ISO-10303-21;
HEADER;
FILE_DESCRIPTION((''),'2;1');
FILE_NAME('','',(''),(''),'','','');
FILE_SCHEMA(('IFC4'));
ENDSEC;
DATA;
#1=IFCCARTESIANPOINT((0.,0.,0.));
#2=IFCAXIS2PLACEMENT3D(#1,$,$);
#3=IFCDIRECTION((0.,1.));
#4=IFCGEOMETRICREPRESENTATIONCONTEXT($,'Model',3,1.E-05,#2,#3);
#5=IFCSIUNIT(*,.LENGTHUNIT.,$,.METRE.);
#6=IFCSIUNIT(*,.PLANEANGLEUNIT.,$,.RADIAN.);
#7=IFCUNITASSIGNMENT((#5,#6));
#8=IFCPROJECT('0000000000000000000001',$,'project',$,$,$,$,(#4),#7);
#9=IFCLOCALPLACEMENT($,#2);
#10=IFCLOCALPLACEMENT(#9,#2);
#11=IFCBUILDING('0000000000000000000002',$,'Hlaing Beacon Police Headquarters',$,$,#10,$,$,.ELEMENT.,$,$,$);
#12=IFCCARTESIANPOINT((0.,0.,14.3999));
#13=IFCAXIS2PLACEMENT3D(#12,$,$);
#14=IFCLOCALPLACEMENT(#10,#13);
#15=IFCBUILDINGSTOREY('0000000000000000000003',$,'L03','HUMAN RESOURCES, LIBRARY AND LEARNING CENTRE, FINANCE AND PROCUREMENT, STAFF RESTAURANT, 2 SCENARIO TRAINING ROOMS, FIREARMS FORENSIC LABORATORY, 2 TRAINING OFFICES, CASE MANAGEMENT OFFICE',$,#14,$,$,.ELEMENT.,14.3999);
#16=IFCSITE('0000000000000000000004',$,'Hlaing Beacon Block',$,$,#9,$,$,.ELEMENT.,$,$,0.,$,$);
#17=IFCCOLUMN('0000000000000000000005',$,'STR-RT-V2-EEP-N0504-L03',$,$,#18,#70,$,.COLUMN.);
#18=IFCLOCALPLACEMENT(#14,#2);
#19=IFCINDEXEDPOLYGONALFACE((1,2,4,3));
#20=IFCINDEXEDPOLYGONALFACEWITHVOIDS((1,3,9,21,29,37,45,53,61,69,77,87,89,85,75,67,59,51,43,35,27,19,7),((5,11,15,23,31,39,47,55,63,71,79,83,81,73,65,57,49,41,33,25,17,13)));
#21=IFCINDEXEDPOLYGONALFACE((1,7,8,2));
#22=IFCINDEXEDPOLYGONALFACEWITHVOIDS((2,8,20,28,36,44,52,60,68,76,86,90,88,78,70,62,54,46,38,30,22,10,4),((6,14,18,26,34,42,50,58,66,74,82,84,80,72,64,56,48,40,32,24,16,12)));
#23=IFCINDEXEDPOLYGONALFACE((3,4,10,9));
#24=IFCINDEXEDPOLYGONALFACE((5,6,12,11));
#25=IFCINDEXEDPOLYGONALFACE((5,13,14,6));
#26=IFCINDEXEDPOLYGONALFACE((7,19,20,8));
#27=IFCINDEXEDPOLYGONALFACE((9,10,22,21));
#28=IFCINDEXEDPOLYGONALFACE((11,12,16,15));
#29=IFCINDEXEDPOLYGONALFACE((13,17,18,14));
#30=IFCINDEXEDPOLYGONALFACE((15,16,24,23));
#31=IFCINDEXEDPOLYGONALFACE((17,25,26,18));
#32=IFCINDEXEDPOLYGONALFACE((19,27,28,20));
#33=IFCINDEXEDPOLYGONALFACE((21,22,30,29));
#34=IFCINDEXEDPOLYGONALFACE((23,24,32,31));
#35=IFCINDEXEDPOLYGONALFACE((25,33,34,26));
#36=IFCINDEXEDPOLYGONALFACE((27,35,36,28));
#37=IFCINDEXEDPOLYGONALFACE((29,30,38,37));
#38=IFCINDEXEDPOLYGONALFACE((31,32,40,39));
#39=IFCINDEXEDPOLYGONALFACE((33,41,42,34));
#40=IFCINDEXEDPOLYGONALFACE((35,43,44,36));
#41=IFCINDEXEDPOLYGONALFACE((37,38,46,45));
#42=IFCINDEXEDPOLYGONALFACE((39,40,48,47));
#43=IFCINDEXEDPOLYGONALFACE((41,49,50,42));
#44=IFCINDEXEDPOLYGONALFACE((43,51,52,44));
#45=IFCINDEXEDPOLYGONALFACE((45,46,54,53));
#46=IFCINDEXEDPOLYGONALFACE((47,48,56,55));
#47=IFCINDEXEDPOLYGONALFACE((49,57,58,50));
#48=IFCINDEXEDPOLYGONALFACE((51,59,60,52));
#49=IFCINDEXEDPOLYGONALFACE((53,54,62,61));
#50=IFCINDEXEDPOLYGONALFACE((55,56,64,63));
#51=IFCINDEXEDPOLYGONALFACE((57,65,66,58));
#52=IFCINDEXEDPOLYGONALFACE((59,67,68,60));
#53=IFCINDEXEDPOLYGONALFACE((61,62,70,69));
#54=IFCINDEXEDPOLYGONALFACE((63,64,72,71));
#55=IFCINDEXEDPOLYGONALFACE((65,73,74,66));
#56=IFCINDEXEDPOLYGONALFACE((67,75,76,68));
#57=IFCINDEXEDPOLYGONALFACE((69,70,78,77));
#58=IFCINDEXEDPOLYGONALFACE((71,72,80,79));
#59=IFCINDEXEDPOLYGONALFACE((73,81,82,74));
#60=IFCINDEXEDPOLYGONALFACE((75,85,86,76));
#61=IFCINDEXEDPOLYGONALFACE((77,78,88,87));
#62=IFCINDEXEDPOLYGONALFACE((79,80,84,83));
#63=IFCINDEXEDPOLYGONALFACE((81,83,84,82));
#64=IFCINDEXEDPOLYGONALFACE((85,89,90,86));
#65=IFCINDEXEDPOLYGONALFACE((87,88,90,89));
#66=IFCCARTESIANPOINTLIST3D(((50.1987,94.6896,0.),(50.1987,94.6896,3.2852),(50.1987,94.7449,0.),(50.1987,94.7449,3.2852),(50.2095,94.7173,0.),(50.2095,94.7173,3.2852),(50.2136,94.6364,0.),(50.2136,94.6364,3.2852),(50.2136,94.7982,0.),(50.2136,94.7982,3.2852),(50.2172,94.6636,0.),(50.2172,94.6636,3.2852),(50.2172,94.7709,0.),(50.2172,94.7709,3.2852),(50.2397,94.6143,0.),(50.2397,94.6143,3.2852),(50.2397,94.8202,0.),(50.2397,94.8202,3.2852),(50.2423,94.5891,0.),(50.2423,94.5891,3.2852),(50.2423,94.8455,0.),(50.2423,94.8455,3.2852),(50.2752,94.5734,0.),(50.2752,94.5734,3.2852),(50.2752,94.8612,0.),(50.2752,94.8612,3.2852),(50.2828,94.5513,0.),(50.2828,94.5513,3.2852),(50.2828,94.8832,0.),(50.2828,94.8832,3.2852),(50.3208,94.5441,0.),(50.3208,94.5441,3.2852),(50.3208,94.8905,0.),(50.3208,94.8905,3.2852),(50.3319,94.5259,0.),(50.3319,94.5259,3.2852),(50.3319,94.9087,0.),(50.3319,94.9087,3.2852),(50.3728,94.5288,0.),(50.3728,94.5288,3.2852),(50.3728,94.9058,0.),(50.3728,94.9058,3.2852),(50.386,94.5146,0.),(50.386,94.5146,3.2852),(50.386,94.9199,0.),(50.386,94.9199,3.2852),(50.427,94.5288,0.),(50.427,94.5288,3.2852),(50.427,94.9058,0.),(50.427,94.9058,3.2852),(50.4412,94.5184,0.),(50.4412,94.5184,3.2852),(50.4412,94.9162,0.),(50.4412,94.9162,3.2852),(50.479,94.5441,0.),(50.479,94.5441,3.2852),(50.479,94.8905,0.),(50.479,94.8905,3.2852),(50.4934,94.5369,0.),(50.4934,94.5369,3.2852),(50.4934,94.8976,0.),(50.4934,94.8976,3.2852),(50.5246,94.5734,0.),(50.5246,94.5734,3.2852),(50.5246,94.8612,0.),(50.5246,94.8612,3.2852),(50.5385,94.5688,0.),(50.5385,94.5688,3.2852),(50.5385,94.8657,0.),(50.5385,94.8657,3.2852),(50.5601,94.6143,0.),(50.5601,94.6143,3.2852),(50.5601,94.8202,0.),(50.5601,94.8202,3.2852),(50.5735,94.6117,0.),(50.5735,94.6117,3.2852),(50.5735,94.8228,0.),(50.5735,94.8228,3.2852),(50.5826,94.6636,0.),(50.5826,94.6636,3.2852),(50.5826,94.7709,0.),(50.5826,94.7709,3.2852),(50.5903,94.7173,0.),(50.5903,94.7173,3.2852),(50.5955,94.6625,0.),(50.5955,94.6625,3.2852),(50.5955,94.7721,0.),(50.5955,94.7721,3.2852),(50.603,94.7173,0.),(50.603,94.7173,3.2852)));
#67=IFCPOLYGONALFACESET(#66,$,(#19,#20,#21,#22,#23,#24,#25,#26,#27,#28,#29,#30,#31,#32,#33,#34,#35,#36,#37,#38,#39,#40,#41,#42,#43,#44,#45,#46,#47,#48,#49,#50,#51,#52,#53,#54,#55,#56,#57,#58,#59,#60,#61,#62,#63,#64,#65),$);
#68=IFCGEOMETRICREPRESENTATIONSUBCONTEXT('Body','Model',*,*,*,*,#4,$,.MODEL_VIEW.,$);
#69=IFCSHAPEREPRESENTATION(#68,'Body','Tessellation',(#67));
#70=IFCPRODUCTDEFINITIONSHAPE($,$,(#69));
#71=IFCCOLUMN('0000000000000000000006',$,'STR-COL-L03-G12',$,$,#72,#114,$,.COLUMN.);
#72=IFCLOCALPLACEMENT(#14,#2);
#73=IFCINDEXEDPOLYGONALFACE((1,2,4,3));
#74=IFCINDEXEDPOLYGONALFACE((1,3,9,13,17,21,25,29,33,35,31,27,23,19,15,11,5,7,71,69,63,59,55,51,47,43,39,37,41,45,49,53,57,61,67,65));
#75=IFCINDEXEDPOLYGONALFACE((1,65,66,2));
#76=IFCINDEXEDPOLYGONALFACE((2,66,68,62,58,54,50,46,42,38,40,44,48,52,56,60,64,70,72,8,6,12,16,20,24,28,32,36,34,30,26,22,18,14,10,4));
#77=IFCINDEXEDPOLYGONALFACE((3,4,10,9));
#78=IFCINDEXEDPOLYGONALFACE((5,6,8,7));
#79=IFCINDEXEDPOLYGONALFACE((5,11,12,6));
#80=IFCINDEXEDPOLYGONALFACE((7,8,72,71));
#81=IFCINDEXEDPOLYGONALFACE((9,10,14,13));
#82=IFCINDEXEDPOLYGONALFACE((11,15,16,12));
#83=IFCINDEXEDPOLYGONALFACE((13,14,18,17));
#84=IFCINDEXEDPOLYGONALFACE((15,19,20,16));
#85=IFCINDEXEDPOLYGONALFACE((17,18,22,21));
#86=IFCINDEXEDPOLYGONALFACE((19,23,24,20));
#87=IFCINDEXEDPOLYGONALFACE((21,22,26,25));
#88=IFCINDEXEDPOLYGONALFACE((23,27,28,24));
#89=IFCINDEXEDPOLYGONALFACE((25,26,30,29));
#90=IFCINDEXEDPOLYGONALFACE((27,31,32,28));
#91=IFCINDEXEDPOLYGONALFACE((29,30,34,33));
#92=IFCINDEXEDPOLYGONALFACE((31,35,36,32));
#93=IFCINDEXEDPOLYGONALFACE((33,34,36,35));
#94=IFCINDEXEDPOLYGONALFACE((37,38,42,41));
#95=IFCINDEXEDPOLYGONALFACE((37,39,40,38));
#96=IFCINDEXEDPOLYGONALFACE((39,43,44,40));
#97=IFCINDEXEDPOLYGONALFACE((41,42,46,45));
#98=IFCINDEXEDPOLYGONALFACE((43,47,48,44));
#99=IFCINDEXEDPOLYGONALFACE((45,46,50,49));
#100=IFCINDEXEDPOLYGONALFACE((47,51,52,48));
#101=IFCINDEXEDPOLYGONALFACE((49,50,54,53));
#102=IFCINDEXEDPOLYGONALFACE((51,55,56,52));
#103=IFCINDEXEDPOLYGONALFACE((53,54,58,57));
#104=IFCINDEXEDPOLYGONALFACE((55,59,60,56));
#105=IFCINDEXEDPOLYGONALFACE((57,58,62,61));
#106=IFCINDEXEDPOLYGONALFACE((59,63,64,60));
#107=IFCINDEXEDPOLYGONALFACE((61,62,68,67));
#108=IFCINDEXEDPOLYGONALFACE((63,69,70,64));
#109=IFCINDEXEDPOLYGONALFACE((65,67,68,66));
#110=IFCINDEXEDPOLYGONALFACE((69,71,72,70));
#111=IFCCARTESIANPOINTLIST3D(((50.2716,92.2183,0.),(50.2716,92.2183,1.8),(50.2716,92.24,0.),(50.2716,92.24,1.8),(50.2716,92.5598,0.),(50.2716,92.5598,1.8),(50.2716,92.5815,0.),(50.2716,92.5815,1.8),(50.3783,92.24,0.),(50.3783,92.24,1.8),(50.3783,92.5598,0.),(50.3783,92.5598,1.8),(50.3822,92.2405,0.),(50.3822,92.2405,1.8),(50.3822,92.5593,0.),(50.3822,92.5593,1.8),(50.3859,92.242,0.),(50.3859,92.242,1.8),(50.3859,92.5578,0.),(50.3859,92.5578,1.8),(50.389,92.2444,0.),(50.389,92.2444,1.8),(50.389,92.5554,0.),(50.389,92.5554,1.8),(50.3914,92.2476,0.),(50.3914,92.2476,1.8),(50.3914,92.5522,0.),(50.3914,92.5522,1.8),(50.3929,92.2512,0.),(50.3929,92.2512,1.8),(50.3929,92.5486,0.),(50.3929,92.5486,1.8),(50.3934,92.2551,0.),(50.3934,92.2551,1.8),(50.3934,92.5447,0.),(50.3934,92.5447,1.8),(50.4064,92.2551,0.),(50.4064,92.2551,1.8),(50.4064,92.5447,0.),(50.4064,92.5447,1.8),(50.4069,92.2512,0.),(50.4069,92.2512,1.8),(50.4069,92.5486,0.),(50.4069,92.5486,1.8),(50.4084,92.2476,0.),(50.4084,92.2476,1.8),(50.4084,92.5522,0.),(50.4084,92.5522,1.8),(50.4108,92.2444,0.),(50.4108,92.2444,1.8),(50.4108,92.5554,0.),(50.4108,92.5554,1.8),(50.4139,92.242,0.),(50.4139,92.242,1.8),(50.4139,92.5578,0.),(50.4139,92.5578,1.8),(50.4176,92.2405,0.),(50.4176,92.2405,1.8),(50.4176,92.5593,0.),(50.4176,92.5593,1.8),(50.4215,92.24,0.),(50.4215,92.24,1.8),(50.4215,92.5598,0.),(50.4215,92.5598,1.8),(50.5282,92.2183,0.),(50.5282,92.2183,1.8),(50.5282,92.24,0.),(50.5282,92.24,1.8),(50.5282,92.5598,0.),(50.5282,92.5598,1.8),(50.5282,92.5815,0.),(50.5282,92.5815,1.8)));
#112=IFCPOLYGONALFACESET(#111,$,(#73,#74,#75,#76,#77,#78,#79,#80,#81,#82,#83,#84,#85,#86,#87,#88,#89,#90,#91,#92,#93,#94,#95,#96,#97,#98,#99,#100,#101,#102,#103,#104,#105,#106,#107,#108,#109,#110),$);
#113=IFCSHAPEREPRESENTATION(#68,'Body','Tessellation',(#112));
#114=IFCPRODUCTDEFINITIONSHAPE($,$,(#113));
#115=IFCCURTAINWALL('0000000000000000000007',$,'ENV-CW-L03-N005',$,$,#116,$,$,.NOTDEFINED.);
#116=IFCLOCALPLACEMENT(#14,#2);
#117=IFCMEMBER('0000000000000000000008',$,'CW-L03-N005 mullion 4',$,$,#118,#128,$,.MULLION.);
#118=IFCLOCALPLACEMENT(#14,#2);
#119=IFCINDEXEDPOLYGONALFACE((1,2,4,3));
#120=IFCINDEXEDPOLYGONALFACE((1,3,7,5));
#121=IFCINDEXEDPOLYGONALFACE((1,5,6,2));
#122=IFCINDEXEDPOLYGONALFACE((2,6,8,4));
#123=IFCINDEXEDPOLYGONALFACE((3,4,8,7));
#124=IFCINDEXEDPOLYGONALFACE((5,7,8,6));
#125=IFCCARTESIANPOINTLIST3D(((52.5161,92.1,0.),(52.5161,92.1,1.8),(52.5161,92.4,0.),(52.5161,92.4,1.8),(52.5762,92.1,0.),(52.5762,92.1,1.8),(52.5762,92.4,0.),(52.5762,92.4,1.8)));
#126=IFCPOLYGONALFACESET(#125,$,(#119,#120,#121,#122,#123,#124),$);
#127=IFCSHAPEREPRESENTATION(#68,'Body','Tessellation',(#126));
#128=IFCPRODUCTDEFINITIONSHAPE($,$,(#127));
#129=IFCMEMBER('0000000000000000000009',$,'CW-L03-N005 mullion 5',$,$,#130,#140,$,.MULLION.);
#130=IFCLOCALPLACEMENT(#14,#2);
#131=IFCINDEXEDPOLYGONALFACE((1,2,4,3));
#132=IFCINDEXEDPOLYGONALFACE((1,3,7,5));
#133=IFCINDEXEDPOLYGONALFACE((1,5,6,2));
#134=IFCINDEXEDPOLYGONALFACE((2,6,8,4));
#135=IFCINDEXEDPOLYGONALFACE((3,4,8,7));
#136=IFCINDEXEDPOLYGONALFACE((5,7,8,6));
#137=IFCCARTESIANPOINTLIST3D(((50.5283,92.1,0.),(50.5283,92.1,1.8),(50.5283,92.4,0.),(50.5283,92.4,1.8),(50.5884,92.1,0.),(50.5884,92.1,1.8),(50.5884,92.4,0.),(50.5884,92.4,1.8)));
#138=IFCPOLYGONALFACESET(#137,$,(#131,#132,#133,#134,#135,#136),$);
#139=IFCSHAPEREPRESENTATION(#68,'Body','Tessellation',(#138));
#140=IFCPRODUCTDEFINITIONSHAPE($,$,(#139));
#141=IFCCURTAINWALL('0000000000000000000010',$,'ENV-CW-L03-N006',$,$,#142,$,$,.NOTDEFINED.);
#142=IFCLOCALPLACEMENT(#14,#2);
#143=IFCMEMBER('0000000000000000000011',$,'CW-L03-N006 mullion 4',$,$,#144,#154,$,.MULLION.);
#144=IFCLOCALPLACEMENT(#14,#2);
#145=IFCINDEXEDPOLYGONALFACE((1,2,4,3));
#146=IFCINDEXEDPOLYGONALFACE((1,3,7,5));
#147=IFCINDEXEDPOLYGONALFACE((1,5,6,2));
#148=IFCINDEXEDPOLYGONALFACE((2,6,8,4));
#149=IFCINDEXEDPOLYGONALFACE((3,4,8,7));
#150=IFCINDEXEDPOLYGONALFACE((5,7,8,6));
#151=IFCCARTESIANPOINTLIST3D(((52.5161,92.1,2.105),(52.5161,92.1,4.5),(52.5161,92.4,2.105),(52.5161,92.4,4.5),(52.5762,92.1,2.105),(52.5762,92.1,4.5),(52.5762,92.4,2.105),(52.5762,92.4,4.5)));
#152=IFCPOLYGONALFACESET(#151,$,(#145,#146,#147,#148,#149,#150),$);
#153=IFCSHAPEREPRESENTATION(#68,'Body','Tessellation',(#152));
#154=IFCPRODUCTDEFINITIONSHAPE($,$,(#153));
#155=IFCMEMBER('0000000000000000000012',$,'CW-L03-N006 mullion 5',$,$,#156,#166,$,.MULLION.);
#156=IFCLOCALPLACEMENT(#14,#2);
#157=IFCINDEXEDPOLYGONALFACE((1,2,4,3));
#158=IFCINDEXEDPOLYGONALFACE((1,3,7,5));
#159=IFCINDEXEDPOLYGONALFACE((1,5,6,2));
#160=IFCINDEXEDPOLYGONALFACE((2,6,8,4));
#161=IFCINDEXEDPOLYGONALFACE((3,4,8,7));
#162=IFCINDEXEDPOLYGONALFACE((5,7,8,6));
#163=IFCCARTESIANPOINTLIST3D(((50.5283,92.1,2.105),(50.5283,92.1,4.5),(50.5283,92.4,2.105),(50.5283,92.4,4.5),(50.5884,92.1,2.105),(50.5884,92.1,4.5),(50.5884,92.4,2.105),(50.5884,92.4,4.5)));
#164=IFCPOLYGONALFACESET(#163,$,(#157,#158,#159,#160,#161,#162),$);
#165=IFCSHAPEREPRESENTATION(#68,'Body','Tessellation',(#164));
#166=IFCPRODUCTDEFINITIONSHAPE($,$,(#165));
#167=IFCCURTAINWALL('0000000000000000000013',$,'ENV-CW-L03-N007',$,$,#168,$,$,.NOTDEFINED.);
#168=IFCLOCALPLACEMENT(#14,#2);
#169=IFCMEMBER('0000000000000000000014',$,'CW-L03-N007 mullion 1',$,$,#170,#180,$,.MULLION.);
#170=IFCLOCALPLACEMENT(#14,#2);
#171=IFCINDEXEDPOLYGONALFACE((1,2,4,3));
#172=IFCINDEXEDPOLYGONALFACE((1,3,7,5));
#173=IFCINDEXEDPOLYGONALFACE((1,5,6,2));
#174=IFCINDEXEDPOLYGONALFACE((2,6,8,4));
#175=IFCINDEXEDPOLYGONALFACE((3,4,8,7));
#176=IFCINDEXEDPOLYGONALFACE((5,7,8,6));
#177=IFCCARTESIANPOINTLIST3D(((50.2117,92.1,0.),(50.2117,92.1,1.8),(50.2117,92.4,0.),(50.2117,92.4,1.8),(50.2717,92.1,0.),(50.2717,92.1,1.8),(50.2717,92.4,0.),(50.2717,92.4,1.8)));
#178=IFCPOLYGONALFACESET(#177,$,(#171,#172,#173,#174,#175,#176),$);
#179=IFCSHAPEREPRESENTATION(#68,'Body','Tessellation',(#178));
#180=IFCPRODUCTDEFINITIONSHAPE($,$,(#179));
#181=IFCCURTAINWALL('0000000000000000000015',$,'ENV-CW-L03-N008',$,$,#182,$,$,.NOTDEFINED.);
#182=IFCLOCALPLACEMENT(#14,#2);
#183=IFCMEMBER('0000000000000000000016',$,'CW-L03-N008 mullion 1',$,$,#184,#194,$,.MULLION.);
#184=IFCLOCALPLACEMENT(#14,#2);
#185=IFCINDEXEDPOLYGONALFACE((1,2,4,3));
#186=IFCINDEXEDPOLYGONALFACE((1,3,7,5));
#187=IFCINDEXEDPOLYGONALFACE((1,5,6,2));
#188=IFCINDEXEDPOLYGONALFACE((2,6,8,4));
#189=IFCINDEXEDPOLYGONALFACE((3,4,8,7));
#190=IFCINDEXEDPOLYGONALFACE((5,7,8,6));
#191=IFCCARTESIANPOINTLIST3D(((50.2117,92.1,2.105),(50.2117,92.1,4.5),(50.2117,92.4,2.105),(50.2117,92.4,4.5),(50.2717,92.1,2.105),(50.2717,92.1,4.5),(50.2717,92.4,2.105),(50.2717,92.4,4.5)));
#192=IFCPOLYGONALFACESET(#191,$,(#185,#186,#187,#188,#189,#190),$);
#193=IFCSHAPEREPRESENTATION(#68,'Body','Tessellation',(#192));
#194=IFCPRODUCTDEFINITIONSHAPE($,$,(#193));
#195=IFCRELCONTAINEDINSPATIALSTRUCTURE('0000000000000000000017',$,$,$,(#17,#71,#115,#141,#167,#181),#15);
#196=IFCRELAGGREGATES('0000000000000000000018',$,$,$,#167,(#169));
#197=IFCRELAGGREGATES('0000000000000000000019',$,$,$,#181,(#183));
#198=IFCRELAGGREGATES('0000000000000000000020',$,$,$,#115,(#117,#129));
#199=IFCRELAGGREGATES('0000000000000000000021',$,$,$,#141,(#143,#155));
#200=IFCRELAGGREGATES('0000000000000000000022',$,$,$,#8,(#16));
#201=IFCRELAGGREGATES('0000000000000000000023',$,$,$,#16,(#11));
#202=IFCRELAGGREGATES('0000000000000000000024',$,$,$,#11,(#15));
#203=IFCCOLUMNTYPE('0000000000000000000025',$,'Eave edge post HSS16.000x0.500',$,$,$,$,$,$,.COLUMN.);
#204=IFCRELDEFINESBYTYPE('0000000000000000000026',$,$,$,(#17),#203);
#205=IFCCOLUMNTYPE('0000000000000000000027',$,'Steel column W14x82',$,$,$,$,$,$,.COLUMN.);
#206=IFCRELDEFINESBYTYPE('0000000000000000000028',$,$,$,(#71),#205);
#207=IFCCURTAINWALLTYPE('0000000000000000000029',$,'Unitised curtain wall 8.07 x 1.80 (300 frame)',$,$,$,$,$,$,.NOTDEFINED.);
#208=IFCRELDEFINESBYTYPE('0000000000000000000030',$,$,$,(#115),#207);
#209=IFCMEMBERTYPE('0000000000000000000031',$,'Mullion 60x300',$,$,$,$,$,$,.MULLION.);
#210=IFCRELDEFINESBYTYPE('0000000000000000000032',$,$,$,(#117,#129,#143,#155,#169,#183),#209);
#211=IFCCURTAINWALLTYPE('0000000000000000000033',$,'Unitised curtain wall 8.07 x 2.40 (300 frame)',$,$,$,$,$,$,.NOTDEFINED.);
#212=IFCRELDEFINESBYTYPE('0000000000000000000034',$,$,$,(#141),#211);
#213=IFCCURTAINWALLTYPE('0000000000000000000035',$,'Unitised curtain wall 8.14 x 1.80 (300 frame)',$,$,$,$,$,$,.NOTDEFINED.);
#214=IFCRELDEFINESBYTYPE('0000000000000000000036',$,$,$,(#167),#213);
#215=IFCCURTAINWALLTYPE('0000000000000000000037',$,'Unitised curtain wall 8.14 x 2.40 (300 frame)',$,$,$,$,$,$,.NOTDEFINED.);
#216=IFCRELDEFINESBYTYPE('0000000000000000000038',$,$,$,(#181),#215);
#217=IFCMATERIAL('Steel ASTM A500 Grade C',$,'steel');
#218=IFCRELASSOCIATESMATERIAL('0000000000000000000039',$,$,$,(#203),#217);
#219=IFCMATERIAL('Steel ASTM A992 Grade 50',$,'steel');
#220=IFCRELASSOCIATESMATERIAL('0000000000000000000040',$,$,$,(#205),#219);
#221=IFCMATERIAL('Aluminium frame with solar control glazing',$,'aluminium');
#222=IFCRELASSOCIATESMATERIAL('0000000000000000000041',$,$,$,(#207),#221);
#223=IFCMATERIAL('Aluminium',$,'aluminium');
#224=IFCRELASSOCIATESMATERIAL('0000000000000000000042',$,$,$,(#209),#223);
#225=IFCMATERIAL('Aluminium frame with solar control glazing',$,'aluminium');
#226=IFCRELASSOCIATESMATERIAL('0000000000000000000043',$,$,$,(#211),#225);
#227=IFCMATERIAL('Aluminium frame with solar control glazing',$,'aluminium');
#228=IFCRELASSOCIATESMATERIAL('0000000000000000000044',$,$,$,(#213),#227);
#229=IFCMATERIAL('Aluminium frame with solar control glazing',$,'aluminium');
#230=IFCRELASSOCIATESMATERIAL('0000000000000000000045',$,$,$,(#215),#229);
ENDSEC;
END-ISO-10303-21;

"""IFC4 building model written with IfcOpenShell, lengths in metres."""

from ifc_helpers import new_model, si_unit, direction, frame, origin, origin_2d, place, context, subcontext, project, spatial, rectangle, hollow_circle, i_section, extrude, material, material_profile, profile_set, type_object, element, aggregate, save


model = new_model("IFC4")

# Units and contexts
model_context = context("Model", 3, precision=1e-05, world=origin(), true_north=direction((0.0, 1.0)))
body_context = subcontext(model_context, "Body", "Model", "MODEL_VIEW")
ifc_project = project(units=[si_unit("LENGTHUNIT", "METRE"), si_unit("PLANEANGLEUNIT", "RADIAN")], contexts=[model_context])

# Site, building, storey
site_placement = place(None, origin())
site = spatial("IfcSite", under=ifc_project, at=site_placement, Name="Hlaing Beacon Block", CompositionType="ELEMENT", RefElevation=0.0)
building_placement = place(site_placement, origin())
building = spatial("IfcBuilding", under=site, at=building_placement, Name="Hlaing Beacon Police Headquarters", CompositionType="ELEMENT")
storey_placement = place(building_placement, frame((0.0, 0.0, 14.3999)))
storey = spatial("IfcBuildingStorey", under=building, at=storey_placement, Name="L03", Description="HUMAN RESOURCES, LIBRARY AND LEARNING CENTRE, FINANCE AND PROCUREMENT, STAFF RESTAURANT, 2 SCENARIO TRAINING ROOMS, FIREARMS FORENSIC LABORATORY, 2 TRAINING OFFICES, CASE MANAGEMENT OFFICE", CompositionType="ELEMENT", Elevation=14.3999)

# Columns
ifc_material_1 = material(Name="Steel ASTM A500 Grade C", Category="steel")
ifc_material_profile_1 = material_profile(ifc_material_1, hollow_circle(Radius=0.2031, WallThickness=0.0127, at=origin_2d()), Name="HSS16.000x0.500")
ifc_profile_set_1 = profile_set([ifc_material_profile_1], Name="Steel ASTM A500 Grade C")
column_type_1 = type_object("IfcColumnType", Name="Eave edge post HSS16.000x0.500", PredefinedType="COLUMN", material=ifc_profile_set_1)
column_1_placement = place(storey_placement, frame((50.3999, 94.7173, 0.0), z_axis=(0.0, 0.0, 1.0), x_axis=(1.0, 0.0, 0.0)))
element("IfcColumn", 1, at=column_1_placement, inside=storey, type_object=column_type_1, Name="STR-RT-V2-EEP-N0504-L03", PredefinedType="COLUMN", context=body_context, shape_type="SweptSolid", body=[
    extrude(hollow_circle(Radius=0.2031, WallThickness=0.0127, at=origin_2d()), origin(), (0.0, 0.0, 1.0), 3.2852),
])
ifc_material_2 = material(Name="Steel ASTM A992 Grade 50", Category="steel")
ifc_material_profile_2 = material_profile(ifc_material_2, i_section(OverallWidth=0.2566, OverallDepth=0.3633, WebThickness=0.0129, FlangeThickness=0.0217, FilletRadius=0.0151, at=origin_2d()), Name="W14x82")
ifc_profile_set_2 = profile_set([ifc_material_profile_2], Name="Steel ASTM A992 Grade 50")
column_type_2 = type_object("IfcColumnType", Name="Steel column W14x82", PredefinedType="COLUMN", material=ifc_profile_set_2)
column_2_placement = place(storey_placement, frame((50.3999, 92.3999, 0.0), z_axis=(0.0, 0.0, 1.0), x_axis=(1.0, 0.0, 0.0)))
element("IfcColumn", 2, at=column_2_placement, inside=storey, type_object=column_type_2, Name="STR-COL-L03-G12", PredefinedType="COLUMN", context=body_context, shape_type="SweptSolid", body=[
    extrude(i_section(OverallWidth=0.2566, OverallDepth=0.3633, WebThickness=0.0129, FlangeThickness=0.0217, FilletRadius=0.0151, at=origin_2d()), origin(), (0.0, 0.0, 1.0), 1.8),
])

# Curtain walls, members
ifc_material_3 = material(Name="Aluminium frame with solar control glazing", Category="aluminium")
curtain_wall_type_1 = type_object("IfcCurtainWallType", Name="Unitised curtain wall 8.07 x 1.80 (300 frame)", PredefinedType="NOTDEFINED", material=ifc_material_3)
curtain_wall_1_placement = place(storey_placement, origin())
curtain_wall_1 = element("IfcCurtainWall", 3, at=curtain_wall_1_placement, inside=storey, type_object=curtain_wall_type_1, Name="ENV-CW-L03-N005", PredefinedType="NOTDEFINED")
ifc_material_4 = material(Name="Aluminium", Category="aluminium")
ifc_material_profile_3 = material_profile(ifc_material_4, rectangle(XDim=0.3, YDim=0.0601, at=origin_2d()), Name="Mullion 60x300")
ifc_profile_set_3 = profile_set([ifc_material_profile_3], Name="Aluminium")
member_type_1 = type_object("IfcMemberType", Name="Mullion 60x300", PredefinedType="MULLION", material=ifc_profile_set_3)
member_1_placement = place(storey_placement, frame((52.5461, 92.25, 0.0), z_axis=(0.0, 0.0, 1.0), x_axis=(0.0, -1.0, 0.0)))
member_1 = element("IfcMember", 4, at=member_1_placement, type_object=member_type_1, Name="CW-L03-N005 mullion 4", PredefinedType="MULLION", context=body_context, shape_type="SweptSolid", body=[
    extrude(rectangle(XDim=0.3, YDim=0.0601, at=origin_2d()), origin(), (0.0, 0.0, 1.0), 1.8),
])
member_2_placement = place(storey_placement, frame((50.5583, 92.25, 0.0), z_axis=(0.0, 0.0, 1.0), x_axis=(0.0, -1.0, 0.0)))
member_2 = element("IfcMember", 5, at=member_2_placement, type_object=member_type_1, Name="CW-L03-N005 mullion 5", PredefinedType="MULLION", context=body_context, shape_type="SweptSolid", body=[
    extrude(rectangle(XDim=0.3, YDim=0.0601, at=origin_2d()), origin(), (0.0, 0.0, 1.0), 1.8),
])
ifc_material_5 = material(Name="Aluminium frame with solar control glazing", Category="aluminium")
curtain_wall_type_2 = type_object("IfcCurtainWallType", Name="Unitised curtain wall 8.07 x 2.40 (300 frame)", PredefinedType="NOTDEFINED", material=ifc_material_5)
curtain_wall_2_placement = place(storey_placement, origin())
curtain_wall_2 = element("IfcCurtainWall", 6, at=curtain_wall_2_placement, inside=storey, type_object=curtain_wall_type_2, Name="ENV-CW-L03-N006", PredefinedType="NOTDEFINED")
member_3_placement = place(storey_placement, frame((52.5461, 92.25, 2.105), z_axis=(0.0, 0.0, 1.0), x_axis=(0.0, -1.0, 0.0)))
member_3 = element("IfcMember", 7, at=member_3_placement, type_object=member_type_1, Name="CW-L03-N006 mullion 4", PredefinedType="MULLION", context=body_context, shape_type="SweptSolid", body=[
    extrude(rectangle(XDim=0.3, YDim=0.0601, at=origin_2d()), origin(), (0.0, 0.0, 1.0), 2.395),
])
member_4_placement = place(storey_placement, frame((50.5583, 92.25, 2.105), z_axis=(0.0, 0.0, 1.0), x_axis=(0.0, -1.0, 0.0)))
member_4 = element("IfcMember", 8, at=member_4_placement, type_object=member_type_1, Name="CW-L03-N006 mullion 5", PredefinedType="MULLION", context=body_context, shape_type="SweptSolid", body=[
    extrude(rectangle(XDim=0.3, YDim=0.0601, at=origin_2d()), origin(), (0.0, 0.0, 1.0), 2.395),
])

# Curtain walls, members
ifc_material_6 = material(Name="Aluminium frame with solar control glazing", Category="aluminium")
curtain_wall_type_3 = type_object("IfcCurtainWallType", Name="Unitised curtain wall 8.14 x 1.80 (300 frame)", PredefinedType="NOTDEFINED", material=ifc_material_6)
curtain_wall_3_placement = place(storey_placement, origin())
curtain_wall_3 = element("IfcCurtainWall", 9, at=curtain_wall_3_placement, inside=storey, type_object=curtain_wall_type_3, Name="ENV-CW-L03-N007", PredefinedType="NOTDEFINED")
member_5_placement = place(storey_placement, frame((50.2417, 92.25, 0.0), z_axis=(0.0, 0.0, 1.0), x_axis=(0.0, -1.0, 0.0)))
member_5 = element("IfcMember", 10, at=member_5_placement, type_object=member_type_1, Name="CW-L03-N007 mullion 1", PredefinedType="MULLION", context=body_context, shape_type="SweptSolid", body=[
    extrude(rectangle(XDim=0.3, YDim=0.0601, at=origin_2d()), origin(), (0.0, 0.0, 1.0), 1.8),
])
aggregate(curtain_wall_3, [member_5])
ifc_material_7 = material(Name="Aluminium frame with solar control glazing", Category="aluminium")
curtain_wall_type_4 = type_object("IfcCurtainWallType", Name="Unitised curtain wall 8.14 x 2.40 (300 frame)", PredefinedType="NOTDEFINED", material=ifc_material_7)
curtain_wall_4_placement = place(storey_placement, origin())
curtain_wall_4 = element("IfcCurtainWall", 11, at=curtain_wall_4_placement, inside=storey, type_object=curtain_wall_type_4, Name="ENV-CW-L03-N008", PredefinedType="NOTDEFINED")
member_6_placement = place(storey_placement, frame((50.2417, 92.25, 2.105), z_axis=(0.0, 0.0, 1.0), x_axis=(0.0, -1.0, 0.0)))
member_6 = element("IfcMember", 12, at=member_6_placement, type_object=member_type_1, Name="CW-L03-N008 mullion 1", PredefinedType="MULLION", context=body_context, shape_type="SweptSolid", body=[
    extrude(rectangle(XDim=0.3, YDim=0.0601, at=origin_2d()), origin(), (0.0, 0.0, 1.0), 2.395),
])

aggregate(curtain_wall_4, [member_6])

aggregate(curtain_wall_1, [member_1, member_2])
aggregate(curtain_wall_2, [member_3, member_4])

save(model, "model.ifc")
